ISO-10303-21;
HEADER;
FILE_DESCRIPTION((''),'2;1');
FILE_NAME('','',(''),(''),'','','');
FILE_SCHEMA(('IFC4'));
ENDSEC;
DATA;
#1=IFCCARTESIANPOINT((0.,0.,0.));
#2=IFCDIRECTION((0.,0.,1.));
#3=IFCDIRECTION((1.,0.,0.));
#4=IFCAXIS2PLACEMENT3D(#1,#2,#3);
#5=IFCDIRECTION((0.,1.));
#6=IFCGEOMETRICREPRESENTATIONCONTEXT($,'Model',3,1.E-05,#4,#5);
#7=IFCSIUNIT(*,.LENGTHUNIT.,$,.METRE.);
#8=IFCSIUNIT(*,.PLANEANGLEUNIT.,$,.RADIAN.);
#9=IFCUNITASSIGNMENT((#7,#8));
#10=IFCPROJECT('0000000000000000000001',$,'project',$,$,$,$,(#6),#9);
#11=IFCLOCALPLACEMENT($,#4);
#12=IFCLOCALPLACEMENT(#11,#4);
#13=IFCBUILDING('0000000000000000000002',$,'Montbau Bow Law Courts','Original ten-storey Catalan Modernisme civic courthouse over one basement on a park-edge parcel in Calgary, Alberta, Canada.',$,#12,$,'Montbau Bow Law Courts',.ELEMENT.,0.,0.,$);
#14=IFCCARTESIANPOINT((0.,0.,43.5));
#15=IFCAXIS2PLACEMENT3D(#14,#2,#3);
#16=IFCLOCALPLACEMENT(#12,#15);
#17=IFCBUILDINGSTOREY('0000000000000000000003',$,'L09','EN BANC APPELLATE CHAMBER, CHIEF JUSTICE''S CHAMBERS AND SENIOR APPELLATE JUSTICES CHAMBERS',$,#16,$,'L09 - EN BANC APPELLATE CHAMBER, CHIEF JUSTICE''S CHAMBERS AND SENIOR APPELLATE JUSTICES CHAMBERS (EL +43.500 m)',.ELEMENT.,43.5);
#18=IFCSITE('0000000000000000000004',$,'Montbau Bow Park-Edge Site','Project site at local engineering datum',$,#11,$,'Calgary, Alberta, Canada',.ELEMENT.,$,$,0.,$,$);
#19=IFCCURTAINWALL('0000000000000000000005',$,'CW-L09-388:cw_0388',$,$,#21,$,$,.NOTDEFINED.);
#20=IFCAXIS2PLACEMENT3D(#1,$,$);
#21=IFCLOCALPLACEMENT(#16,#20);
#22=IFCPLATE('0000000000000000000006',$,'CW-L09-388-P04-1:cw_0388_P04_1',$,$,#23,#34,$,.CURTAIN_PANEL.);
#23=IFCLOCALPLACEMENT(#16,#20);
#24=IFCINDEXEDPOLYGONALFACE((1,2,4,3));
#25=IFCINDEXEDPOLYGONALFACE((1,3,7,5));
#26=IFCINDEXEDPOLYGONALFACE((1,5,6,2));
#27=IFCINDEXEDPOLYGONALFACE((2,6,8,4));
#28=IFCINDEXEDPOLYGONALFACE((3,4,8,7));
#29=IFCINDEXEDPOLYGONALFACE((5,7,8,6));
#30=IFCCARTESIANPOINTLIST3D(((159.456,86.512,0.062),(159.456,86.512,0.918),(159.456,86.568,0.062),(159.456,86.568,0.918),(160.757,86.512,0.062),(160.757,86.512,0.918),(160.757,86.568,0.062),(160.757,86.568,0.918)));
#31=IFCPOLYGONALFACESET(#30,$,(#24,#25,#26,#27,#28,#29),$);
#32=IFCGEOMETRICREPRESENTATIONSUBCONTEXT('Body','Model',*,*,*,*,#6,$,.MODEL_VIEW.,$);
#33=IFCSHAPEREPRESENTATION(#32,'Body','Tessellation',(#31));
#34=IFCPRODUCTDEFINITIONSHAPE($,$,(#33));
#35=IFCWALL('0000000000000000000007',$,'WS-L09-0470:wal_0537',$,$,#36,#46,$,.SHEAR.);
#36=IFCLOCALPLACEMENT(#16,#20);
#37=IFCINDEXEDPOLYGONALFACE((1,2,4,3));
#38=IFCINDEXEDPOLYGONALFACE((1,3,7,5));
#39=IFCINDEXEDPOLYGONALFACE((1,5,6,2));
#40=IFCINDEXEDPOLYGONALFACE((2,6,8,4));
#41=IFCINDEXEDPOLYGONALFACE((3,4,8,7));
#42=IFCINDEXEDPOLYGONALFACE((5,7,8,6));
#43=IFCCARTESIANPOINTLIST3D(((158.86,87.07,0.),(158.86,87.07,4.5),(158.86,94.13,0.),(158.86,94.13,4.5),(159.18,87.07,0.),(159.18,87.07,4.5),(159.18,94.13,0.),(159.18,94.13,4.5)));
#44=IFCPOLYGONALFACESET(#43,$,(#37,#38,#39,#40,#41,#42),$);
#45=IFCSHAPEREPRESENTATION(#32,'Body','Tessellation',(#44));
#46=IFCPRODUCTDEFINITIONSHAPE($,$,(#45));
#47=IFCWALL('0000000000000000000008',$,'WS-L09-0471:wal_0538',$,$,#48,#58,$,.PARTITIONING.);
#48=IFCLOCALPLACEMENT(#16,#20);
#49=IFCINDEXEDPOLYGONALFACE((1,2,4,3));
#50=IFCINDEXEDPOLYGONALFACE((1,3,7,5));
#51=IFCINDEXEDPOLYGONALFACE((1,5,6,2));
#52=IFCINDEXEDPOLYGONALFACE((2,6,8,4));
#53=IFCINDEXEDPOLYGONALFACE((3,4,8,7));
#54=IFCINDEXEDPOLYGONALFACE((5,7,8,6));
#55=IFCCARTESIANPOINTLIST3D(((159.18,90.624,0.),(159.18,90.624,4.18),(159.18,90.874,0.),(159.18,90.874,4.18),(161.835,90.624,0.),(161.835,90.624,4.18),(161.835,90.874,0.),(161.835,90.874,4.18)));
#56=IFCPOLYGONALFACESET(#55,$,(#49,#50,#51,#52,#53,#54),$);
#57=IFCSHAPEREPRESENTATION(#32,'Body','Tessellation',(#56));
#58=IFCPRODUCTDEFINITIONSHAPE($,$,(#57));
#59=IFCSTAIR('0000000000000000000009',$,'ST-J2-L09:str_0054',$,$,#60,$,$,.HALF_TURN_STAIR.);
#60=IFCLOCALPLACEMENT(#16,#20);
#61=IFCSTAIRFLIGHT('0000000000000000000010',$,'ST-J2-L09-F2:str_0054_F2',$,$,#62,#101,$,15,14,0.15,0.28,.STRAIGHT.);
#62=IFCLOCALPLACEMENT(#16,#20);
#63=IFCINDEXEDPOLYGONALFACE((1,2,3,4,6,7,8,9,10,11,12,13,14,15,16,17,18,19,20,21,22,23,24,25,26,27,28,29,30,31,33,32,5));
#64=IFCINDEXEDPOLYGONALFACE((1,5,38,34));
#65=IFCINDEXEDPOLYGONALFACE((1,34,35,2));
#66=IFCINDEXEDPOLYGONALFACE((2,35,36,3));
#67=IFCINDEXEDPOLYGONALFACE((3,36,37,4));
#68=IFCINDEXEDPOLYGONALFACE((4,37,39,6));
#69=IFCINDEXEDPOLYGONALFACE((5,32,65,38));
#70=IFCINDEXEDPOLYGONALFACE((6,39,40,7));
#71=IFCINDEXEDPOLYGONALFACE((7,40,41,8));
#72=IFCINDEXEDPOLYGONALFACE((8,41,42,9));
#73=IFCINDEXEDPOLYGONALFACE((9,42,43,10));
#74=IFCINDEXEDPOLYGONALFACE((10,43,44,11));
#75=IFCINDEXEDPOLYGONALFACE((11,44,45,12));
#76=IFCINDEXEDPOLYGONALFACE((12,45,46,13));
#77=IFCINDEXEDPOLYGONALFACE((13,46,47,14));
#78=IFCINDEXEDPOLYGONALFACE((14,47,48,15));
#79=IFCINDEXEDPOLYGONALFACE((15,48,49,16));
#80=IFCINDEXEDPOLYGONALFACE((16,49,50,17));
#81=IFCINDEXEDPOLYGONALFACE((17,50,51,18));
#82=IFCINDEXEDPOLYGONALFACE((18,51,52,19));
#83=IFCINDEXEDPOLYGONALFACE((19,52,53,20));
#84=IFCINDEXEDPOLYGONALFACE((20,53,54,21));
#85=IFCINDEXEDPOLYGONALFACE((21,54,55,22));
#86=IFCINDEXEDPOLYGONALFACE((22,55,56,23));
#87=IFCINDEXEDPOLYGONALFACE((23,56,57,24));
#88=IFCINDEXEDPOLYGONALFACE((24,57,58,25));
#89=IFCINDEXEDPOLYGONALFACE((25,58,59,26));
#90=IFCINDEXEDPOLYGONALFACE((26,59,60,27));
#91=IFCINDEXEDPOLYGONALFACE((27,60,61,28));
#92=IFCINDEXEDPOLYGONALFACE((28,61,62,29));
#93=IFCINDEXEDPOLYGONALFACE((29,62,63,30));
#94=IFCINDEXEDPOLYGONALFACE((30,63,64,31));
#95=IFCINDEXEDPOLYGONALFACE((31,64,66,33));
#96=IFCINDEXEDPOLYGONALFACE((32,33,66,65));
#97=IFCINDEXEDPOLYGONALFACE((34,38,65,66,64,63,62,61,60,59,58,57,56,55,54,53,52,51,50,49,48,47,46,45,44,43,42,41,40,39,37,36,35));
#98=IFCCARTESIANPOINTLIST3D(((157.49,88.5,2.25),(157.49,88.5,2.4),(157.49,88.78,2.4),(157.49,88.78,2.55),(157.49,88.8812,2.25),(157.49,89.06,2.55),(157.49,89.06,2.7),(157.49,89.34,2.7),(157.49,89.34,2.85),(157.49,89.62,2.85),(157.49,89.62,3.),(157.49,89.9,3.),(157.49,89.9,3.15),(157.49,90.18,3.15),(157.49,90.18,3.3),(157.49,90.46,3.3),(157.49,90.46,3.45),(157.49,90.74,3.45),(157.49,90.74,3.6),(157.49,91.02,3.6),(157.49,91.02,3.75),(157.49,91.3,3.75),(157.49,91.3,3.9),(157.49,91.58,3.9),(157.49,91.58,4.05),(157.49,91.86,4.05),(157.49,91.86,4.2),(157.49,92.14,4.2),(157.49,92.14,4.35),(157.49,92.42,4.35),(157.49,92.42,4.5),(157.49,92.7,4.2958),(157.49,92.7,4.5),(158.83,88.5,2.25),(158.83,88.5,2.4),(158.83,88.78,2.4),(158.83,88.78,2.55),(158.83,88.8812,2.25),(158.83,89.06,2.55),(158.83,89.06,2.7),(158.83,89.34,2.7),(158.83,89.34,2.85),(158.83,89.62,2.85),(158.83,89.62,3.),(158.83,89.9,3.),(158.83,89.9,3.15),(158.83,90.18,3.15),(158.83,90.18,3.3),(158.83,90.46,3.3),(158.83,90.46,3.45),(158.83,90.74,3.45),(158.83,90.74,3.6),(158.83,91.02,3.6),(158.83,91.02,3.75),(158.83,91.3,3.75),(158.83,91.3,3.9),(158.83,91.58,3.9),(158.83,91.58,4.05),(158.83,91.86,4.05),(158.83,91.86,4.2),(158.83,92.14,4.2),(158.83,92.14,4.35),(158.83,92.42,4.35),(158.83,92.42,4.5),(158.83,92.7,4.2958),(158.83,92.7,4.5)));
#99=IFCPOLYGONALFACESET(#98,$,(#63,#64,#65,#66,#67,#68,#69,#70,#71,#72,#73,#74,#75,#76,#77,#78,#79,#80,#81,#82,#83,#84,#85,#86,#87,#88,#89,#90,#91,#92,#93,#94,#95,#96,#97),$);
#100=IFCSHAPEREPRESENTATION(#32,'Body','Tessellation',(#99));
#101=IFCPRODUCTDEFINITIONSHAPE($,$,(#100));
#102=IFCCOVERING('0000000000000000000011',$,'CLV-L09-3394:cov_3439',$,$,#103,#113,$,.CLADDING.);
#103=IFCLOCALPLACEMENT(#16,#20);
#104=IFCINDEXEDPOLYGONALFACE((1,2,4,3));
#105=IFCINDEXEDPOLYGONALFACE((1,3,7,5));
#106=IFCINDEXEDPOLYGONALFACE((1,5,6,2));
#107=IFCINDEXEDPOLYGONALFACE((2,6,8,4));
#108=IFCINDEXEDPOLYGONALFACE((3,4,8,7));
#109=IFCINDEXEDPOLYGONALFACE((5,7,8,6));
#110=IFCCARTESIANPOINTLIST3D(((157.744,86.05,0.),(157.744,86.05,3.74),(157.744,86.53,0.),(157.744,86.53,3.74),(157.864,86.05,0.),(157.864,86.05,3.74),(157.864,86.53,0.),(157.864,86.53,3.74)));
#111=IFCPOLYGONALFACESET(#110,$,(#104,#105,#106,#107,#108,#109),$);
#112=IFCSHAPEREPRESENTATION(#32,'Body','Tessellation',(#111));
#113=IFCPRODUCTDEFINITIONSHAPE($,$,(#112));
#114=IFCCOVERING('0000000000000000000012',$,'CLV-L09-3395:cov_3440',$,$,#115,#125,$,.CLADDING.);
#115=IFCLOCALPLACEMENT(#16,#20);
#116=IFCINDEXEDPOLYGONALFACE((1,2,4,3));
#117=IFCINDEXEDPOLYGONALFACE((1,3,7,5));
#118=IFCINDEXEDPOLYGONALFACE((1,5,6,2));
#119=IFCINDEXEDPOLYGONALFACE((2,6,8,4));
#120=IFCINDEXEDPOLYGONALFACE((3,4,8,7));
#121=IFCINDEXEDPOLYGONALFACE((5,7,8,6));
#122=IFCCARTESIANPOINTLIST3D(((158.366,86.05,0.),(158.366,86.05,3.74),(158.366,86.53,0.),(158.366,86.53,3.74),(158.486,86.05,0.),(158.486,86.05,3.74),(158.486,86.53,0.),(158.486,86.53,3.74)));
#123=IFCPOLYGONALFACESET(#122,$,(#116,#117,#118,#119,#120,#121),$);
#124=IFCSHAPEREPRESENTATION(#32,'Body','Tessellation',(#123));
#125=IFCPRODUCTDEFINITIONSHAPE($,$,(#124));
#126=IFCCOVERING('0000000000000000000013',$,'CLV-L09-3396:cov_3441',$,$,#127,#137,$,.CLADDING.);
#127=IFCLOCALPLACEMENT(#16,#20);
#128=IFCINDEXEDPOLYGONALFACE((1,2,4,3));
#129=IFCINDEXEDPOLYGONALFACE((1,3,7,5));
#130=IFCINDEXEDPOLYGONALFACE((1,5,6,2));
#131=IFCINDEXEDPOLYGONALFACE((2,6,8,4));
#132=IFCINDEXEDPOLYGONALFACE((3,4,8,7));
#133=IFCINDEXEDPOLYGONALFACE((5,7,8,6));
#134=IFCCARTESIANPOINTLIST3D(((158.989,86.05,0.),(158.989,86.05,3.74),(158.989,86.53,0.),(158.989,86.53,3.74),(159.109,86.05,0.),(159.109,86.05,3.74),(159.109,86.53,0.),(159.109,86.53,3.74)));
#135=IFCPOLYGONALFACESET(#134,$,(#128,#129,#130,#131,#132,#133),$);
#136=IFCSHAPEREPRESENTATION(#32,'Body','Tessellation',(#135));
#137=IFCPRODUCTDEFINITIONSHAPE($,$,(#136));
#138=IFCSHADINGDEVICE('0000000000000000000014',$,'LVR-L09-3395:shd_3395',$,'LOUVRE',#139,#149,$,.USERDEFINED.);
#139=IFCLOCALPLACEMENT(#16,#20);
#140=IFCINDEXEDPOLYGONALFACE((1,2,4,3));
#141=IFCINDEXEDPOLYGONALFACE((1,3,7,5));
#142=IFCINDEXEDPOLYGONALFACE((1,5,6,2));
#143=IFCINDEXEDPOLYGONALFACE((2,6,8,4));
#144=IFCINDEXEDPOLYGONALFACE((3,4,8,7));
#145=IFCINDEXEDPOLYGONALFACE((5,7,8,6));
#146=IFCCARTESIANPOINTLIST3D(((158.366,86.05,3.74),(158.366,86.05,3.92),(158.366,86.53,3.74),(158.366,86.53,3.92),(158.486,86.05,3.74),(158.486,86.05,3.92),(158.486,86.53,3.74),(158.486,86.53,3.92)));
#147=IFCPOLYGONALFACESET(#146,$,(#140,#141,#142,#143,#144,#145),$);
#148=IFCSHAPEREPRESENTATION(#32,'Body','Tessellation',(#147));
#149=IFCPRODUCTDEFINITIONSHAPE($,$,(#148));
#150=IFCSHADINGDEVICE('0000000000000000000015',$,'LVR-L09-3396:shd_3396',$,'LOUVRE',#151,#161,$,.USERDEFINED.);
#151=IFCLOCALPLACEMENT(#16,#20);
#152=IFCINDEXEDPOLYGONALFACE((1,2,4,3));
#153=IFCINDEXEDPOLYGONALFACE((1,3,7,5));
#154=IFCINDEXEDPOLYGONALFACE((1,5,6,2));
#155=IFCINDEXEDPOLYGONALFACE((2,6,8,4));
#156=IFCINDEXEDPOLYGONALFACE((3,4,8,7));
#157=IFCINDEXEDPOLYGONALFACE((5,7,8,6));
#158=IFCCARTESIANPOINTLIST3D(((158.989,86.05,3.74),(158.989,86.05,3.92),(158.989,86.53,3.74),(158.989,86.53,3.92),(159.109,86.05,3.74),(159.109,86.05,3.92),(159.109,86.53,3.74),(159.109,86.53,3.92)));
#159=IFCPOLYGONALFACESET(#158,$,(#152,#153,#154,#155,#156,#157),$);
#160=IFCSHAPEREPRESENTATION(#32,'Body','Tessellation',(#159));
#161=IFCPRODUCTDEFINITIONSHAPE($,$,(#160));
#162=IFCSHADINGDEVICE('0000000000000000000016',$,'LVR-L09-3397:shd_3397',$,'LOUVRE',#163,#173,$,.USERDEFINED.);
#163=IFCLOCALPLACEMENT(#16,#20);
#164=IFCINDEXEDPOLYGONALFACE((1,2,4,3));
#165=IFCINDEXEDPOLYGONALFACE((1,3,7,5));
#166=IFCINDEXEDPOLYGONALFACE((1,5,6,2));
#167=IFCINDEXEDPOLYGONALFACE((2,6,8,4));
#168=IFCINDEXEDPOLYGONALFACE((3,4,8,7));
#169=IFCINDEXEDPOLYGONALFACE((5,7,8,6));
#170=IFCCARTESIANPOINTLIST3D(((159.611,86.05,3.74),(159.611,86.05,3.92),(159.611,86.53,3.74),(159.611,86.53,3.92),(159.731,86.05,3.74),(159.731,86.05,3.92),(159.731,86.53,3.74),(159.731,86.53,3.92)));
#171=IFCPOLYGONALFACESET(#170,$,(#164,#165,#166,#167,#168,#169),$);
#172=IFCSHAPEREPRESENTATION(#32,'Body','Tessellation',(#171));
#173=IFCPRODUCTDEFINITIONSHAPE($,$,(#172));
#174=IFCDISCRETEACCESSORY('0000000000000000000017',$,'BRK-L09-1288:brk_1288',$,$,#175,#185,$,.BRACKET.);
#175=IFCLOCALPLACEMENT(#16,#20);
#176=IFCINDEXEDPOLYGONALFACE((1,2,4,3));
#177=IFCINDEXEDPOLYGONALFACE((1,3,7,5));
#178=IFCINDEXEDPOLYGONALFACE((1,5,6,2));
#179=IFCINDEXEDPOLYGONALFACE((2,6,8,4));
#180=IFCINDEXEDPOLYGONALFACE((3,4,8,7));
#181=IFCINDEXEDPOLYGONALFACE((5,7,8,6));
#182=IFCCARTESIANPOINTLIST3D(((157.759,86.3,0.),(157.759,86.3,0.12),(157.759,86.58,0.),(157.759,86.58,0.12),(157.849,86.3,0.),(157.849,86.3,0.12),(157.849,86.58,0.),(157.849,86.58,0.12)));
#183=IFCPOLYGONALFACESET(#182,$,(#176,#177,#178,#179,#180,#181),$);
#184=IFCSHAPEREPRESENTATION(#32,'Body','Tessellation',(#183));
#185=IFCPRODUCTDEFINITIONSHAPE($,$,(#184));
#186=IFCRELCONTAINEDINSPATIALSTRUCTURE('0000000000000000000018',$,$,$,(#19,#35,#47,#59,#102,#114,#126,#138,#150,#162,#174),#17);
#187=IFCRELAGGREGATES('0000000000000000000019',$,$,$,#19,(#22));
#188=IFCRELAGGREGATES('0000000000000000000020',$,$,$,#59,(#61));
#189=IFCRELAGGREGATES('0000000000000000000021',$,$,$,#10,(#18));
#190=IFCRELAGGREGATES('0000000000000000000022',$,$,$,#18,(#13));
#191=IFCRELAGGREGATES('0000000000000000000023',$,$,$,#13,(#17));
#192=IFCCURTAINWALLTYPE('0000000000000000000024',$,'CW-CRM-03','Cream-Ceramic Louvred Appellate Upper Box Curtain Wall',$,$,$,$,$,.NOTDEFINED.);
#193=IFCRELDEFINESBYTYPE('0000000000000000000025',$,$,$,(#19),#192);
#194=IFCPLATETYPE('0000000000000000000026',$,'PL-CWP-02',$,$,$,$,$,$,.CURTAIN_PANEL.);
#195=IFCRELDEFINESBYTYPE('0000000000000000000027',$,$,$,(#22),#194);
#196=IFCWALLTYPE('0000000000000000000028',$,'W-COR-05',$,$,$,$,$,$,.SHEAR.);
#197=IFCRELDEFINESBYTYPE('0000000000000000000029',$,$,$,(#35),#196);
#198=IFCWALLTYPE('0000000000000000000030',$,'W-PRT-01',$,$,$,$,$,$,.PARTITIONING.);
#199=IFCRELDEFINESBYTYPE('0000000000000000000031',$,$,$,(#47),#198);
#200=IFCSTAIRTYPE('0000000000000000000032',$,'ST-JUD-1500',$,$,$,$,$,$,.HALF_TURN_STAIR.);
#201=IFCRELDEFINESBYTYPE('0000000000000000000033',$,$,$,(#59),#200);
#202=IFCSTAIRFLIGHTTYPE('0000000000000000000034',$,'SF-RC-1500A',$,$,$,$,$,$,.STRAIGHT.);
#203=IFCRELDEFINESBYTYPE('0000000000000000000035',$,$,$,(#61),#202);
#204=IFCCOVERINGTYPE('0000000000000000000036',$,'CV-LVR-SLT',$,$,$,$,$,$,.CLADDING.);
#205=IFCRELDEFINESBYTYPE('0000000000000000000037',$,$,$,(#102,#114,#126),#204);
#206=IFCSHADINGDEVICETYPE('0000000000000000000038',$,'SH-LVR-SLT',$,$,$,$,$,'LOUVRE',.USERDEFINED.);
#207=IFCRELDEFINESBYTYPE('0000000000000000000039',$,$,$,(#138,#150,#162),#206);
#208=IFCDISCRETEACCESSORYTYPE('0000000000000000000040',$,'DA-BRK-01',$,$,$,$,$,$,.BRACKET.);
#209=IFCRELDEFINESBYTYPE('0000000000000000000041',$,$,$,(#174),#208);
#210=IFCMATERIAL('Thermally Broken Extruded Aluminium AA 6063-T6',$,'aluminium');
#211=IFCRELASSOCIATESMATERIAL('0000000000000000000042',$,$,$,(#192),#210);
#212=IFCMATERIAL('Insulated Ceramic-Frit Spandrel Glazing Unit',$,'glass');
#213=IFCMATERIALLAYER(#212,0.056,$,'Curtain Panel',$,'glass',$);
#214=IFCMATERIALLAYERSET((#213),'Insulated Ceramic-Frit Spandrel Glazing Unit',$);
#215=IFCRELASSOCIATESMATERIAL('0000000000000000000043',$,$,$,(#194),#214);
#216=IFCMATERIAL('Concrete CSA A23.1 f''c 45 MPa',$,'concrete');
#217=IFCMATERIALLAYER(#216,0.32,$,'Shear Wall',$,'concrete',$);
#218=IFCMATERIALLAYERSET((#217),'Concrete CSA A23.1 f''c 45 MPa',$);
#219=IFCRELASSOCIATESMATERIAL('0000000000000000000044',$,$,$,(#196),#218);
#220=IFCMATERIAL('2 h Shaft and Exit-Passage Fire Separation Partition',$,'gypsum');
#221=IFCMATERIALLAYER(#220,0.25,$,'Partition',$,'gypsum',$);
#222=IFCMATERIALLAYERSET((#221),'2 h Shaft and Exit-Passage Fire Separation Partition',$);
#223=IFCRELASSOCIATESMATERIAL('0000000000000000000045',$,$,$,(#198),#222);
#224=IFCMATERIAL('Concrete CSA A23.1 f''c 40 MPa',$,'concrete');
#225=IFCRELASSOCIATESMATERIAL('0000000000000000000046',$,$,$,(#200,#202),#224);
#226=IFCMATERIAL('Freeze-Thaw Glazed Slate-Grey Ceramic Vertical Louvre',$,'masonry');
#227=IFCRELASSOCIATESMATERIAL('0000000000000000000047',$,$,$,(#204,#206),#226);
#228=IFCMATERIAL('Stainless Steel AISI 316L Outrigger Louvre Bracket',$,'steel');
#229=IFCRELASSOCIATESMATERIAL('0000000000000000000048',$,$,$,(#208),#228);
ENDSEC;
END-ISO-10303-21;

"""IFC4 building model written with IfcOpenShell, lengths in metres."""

from ifc_helpers import new_model, si_unit, direction, frame, frame_2d, origin_with_axes, origin_2d_with_axis, place, context, subcontext, project, spatial, polyline, rectangle, outline, extrude, material, layer, layer_set, type_object, element, aggregate, save


model = new_model("IFC4")

# Units and contexts
model_context = context("Model", 3, precision=1e-05, world=origin_with_axes(), true_north=direction((0.0, 1.0)))
body_context = subcontext(model_context, "Body", "Model", "MODEL_VIEW")
ifc_project = project(units=[si_unit("LENGTHUNIT", "METRE"), si_unit("PLANEANGLEUNIT", "RADIAN")], contexts=[model_context])

# Site, building, storey
site_placement = place(None, origin_with_axes())
site = spatial("IfcSite", under=ifc_project, at=site_placement, Name="Montbau Bow Park-Edge Site", Description="Project site at local engineering datum", LongName="Calgary, Alberta, Canada", CompositionType="ELEMENT", RefElevation=0.0)
building_placement = place(site_placement, origin_with_axes())
building = spatial("IfcBuilding", under=site, at=building_placement, Name="Montbau Bow Law Courts", Description="Original ten-storey Catalan Modernisme civic courthouse over one basement on a park-edge parcel in Calgary, Alberta, Canada.", LongName="Montbau Bow Law Courts", CompositionType="ELEMENT", ElevationOfRefHeight=0.0, ElevationOfTerrain=0.0)
storey_placement = place(building_placement, frame((0.0, 0.0, 43.5), z_axis=(0.0, 0.0, 1.0), x_axis=(1.0, 0.0, 0.0)))
storey = spatial("IfcBuildingStorey", under=building, at=storey_placement, Name="L09", Description="EN BANC APPELLATE CHAMBER, CHIEF JUSTICE'S CHAMBERS AND SENIOR APPELLATE JUSTICES CHAMBERS", LongName="L09 - EN BANC APPELLATE CHAMBER, CHIEF JUSTICE'S CHAMBERS AND SENIOR APPELLATE JUSTICES CHAMBERS (EL +43.500 m)", CompositionType="ELEMENT", Elevation=43.5)

# Curtain wall, plate
ifc_material_1 = material(Name="Thermally Broken Extruded Aluminium AA 6063-T6", Category="aluminium")
curtain_wall_type = type_object("IfcCurtainWallType", Name="CW-CRM-03", Description="Cream-Ceramic Louvred Appellate Upper Box Curtain Wall", PredefinedType="NOTDEFINED", material=ifc_material_1)
curtain_wall_placement = place(None, frame((155.315, 86.54, 43.5), z_axis=(0.0, 0.0, 1.0), x_axis=(1.0, 0.0, 0.0)))
curtain_wall = element("IfcCurtainWall", 1, at=curtain_wall_placement, inside=storey, type_object=curtain_wall_type, Name="CW-L09-388:cw_0388", PredefinedType="NOTDEFINED")
ifc_material_2 = material(Name="Insulated Ceramic-Frit Spandrel Glazing Unit", Category="glass")
ifc_layer_1 = layer(ifc_material_2, 0.056, Name="Curtain Panel", Category="glass")
ifc_layer_set_1 = layer_set([ifc_layer_1], Name="Insulated Ceramic-Frit Spandrel Glazing Unit")
plate_type_1 = type_object("IfcPlateType", Name="PL-CWP-02", PredefinedType="CURTAIN_PANEL", material=ifc_layer_set_1)
plate_1_placement = place(None, frame((159.456, 86.54, 43.562), z_axis=(0.0, -1.0, 0.0), x_axis=(1.0, 0.0, 0.0)))
plate_1 = element("IfcPlate", 2, at=plate_1_placement, type_object=plate_type_1, Name="CW-L09-388-P04-1:cw_0388_P04_1", PredefinedType="CURTAIN_PANEL", context=body_context, shape_type="SweptSolid", body=[
    extrude(rectangle(XDim=1.301, YDim=0.856, at=frame_2d((0.6505, 0.428), x_axis=(1.0, 0.0))), frame((0.0, 0.0, -0.028), z_axis=(0.0, 0.0, 1.0), x_axis=(1.0, 0.0, 0.0)), (0.0, 0.0, 1.0), 0.056),
])
aggregate(curtain_wall, [plate_1])

# Walls
ifc_material_3 = material(Name="Concrete CSA A23.1 f'c 45 MPa", Category="concrete")
ifc_layer_2 = layer(ifc_material_3, 0.32, Name="Shear Wall", Category="concrete")
ifc_layer_set_2 = layer_set([ifc_layer_2], Name="Concrete CSA A23.1 f'c 45 MPa")
wall_type_1 = type_object("IfcWallType", Name="W-COR-05", PredefinedType="SHEAR", material=ifc_layer_set_2)
wall_1_placement = place(None, frame((159.02, 87.07, 43.5), z_axis=(0.0, 0.0, 1.0), x_axis=(0.0, 1.0, 0.0)))
element("IfcWall", 3, at=wall_1_placement, inside=storey, type_object=wall_type_1, Name="WS-L09-0470:wal_0537", PredefinedType="SHEAR", context=body_context, shape_type="SweptSolid", body=[
    extrude(rectangle(XDim=7.06, YDim=0.32, at=frame_2d((3.53, 0.0), x_axis=(1.0, 0.0))), origin_with_axes(), (0.0, 0.0, 1.0), 4.5),
])
ifc_material_4 = material(Name="2 h Shaft and Exit-Passage Fire Separation Partition", Category="gypsum")
ifc_layer_3 = layer(ifc_material_4, 0.25, Name="Partition", Category="gypsum")
ifc_layer_set_3 = layer_set([ifc_layer_3], Name="2 h Shaft and Exit-Passage Fire Separation Partition")
wall_type_2 = type_object("IfcWallType", Name="W-PRT-01", PredefinedType="PARTITIONING", material=ifc_layer_set_3)
wall_2_placement = place(None, frame((159.18, 90.749, 43.5), z_axis=(0.0, 0.0, 1.0), x_axis=(1.0, 0.0, 0.0)))
element("IfcWall", 4, at=wall_2_placement, inside=storey, type_object=wall_type_2, Name="WS-L09-0471:wal_0538", PredefinedType="PARTITIONING", context=body_context, shape_type="SweptSolid", body=[
    extrude(rectangle(XDim=2.655, YDim=0.25, at=frame_2d((1.3275, 0.0), x_axis=(1.0, 0.0))), origin_with_axes(), (0.0, 0.0, 1.0), 4.18),
])

# Stair, stair flight
ifc_material_5 = material(Name="Concrete CSA A23.1 f'c 40 MPa", Category="concrete")
stair_type = type_object("IfcStairType", Name="ST-JUD-1500", PredefinedType="HALF_TURN_STAIR", material=ifc_material_5)
stair_placement = place(None, frame((156.265, 92.7, 43.5), z_axis=(0.0, 0.0, 1.0), x_axis=(1.0, 0.0, 0.0)))
stair = element("IfcStair", 5, at=stair_placement, inside=storey, type_object=stair_type, Name="ST-J2-L09:str_0054", PredefinedType="HALF_TURN_STAIR")
stair_flight_type = type_object("IfcStairFlightType", Name="SF-RC-1500A", PredefinedType="STRAIGHT", material=ifc_material_5)
stair_flight_placement = place(None, frame((158.16, 88.5, 45.75), z_axis=(0.0, 0.0, 1.0), x_axis=(0.0, 1.0, 0.0)))
stair_flight = element("IfcStairFlight", 6, at=stair_flight_placement, type_object=stair_flight_type, Name="ST-J2-L09-F2:str_0054_F2", NumberOfRisers=15, NumberOfTreads=14, PredefinedType="STRAIGHT", RiserHeight=0.15, TreadLength=0.28, context=body_context, shape_type="SweptSolid", body=[
    extrude(outline(polyline([(0.0, 0.0), (0.0, 0.15), (0.28, 0.15), (0.28, 0.3), (0.56, 0.3), (0.56, 0.45), (0.84, 0.45), (0.84, 0.6), (1.12, 0.6), (1.12, 0.75), (1.4, 0.75), (1.4, 0.9), (1.68, 0.9), (1.68, 1.05), (1.96, 1.05), (1.96, 1.2), (2.24, 1.2), (2.24, 1.35), (2.52, 1.35), (2.52, 1.5), (2.8, 1.5), (2.8, 1.65), (3.08, 1.65), (3.08, 1.8), (3.36, 1.8), (3.36, 1.95), (3.64, 1.95), (3.64, 2.1), (3.92, 2.1), (3.92, 2.25), (4.2, 2.25), (4.2, 2.0458), (0.3812, 0.0), (0.0, 0.0)])), frame((0.0, 0.67, 0.0), z_axis=(0.0, -1.0, 0.0), x_axis=(1.0, 0.0, 0.0)), (0.0, 0.0, 1.0), 1.34),
])
aggregate(stair, [stair_flight])

# Coverings
ifc_material_6 = material(Name="Freeze-Thaw Glazed Slate-Grey Ceramic Vertical Louvre", Category="masonry")
covering_type = type_object("IfcCoveringType", Name="CV-LVR-SLT", PredefinedType="CLADDING", material=ifc_material_6)
for number, where, z_axis, x_axis, name in (
    (7, (157.804, 86.53, 43.5), (-1.0, 0.0, 0.0), (0.0, -1.0, 0.0), "CLV-L09-3394:cov_3439"),
    (8, (158.426, 86.53, 43.5), (-1.0, 0.0, 0.0), (0.0, -1.0, 0.0), "CLV-L09-3395:cov_3440"),
    (9, (159.049, 86.53, 43.5), (-1.0, 0.0, 0.0), (0.0, -1.0, 0.0), "CLV-L09-3396:cov_3441"),
):
    element("IfcCovering", number, at=place(None, frame(where, z_axis=z_axis, x_axis=x_axis)), inside=storey, type_object=covering_type, Name=name, PredefinedType="CLADDING", context=body_context, shape_type="SweptSolid", body=[
        extrude(rectangle(XDim=0.48, YDim=3.74, at=frame_2d((0.24, 1.87), x_axis=(1.0, 0.0))), frame((0.0, 0.0, -0.06), z_axis=(0.0, 0.0, 1.0), x_axis=(1.0, 0.0, 0.0)), (0.0, 0.0, 1.0), 0.12),
    ])

# Shading devices
shading_device_type = type_object("IfcShadingDeviceType", Name="SH-LVR-SLT", ElementType="LOUVRE", PredefinedType="USERDEFINED", material=ifc_material_6)
for number, where, z_axis, x_axis, name in (
    (10, (158.426, 86.29, 47.24), (0.0, 0.0, 1.0), (0.0, -1.0, 0.0), "LVR-L09-3395:shd_3395"),
    (11, (159.049, 86.29, 47.24), (0.0, 0.0, 1.0), (0.0, -1.0, 0.0), "LVR-L09-3396:shd_3396"),
    (12, (159.671, 86.29, 47.24), (0.0, 0.0, 1.0), (0.0, -1.0, 0.0), "LVR-L09-3397:shd_3397"),
):
    element("IfcShadingDevice", number, at=place(None, frame(where, z_axis=z_axis, x_axis=x_axis)), inside=storey, type_object=shading_device_type, Name=name, ObjectType="LOUVRE", PredefinedType="USERDEFINED", context=body_context, shape_type="SweptSolid", body=[
        extrude(rectangle(XDim=0.48, YDim=0.12, at=origin_2d_with_axis()), origin_with_axes(), (0.0, 0.0, 1.0), 0.18),
    ])

# Discrete accessory
ifc_material_7 = material(Name="Stainless Steel AISI 316L Outrigger Louvre Bracket", Category="steel")
discrete_accessory_type = type_object("IfcDiscreteAccessoryType", Name="DA-BRK-01", PredefinedType="BRACKET", material=ifc_material_7)
discrete_accessory_placement = place(None, frame((157.804, 86.44, 43.5), z_axis=(0.0, 0.0, 1.0), x_axis=(0.0, -1.0, 0.0)))
element("IfcDiscreteAccessory", 13, at=discrete_accessory_placement, inside=storey, type_object=discrete_accessory_type, Name="BRK-L09-1288:brk_1288", PredefinedType="BRACKET", context=body_context, shape_type="SweptSolid", body=[
    extrude(rectangle(XDim=0.28, YDim=0.09, at=origin_2d_with_axis()), origin_with_axes(), (0.0, 0.0, 1.0), 0.12),
])

save(model, "model.ifc")
